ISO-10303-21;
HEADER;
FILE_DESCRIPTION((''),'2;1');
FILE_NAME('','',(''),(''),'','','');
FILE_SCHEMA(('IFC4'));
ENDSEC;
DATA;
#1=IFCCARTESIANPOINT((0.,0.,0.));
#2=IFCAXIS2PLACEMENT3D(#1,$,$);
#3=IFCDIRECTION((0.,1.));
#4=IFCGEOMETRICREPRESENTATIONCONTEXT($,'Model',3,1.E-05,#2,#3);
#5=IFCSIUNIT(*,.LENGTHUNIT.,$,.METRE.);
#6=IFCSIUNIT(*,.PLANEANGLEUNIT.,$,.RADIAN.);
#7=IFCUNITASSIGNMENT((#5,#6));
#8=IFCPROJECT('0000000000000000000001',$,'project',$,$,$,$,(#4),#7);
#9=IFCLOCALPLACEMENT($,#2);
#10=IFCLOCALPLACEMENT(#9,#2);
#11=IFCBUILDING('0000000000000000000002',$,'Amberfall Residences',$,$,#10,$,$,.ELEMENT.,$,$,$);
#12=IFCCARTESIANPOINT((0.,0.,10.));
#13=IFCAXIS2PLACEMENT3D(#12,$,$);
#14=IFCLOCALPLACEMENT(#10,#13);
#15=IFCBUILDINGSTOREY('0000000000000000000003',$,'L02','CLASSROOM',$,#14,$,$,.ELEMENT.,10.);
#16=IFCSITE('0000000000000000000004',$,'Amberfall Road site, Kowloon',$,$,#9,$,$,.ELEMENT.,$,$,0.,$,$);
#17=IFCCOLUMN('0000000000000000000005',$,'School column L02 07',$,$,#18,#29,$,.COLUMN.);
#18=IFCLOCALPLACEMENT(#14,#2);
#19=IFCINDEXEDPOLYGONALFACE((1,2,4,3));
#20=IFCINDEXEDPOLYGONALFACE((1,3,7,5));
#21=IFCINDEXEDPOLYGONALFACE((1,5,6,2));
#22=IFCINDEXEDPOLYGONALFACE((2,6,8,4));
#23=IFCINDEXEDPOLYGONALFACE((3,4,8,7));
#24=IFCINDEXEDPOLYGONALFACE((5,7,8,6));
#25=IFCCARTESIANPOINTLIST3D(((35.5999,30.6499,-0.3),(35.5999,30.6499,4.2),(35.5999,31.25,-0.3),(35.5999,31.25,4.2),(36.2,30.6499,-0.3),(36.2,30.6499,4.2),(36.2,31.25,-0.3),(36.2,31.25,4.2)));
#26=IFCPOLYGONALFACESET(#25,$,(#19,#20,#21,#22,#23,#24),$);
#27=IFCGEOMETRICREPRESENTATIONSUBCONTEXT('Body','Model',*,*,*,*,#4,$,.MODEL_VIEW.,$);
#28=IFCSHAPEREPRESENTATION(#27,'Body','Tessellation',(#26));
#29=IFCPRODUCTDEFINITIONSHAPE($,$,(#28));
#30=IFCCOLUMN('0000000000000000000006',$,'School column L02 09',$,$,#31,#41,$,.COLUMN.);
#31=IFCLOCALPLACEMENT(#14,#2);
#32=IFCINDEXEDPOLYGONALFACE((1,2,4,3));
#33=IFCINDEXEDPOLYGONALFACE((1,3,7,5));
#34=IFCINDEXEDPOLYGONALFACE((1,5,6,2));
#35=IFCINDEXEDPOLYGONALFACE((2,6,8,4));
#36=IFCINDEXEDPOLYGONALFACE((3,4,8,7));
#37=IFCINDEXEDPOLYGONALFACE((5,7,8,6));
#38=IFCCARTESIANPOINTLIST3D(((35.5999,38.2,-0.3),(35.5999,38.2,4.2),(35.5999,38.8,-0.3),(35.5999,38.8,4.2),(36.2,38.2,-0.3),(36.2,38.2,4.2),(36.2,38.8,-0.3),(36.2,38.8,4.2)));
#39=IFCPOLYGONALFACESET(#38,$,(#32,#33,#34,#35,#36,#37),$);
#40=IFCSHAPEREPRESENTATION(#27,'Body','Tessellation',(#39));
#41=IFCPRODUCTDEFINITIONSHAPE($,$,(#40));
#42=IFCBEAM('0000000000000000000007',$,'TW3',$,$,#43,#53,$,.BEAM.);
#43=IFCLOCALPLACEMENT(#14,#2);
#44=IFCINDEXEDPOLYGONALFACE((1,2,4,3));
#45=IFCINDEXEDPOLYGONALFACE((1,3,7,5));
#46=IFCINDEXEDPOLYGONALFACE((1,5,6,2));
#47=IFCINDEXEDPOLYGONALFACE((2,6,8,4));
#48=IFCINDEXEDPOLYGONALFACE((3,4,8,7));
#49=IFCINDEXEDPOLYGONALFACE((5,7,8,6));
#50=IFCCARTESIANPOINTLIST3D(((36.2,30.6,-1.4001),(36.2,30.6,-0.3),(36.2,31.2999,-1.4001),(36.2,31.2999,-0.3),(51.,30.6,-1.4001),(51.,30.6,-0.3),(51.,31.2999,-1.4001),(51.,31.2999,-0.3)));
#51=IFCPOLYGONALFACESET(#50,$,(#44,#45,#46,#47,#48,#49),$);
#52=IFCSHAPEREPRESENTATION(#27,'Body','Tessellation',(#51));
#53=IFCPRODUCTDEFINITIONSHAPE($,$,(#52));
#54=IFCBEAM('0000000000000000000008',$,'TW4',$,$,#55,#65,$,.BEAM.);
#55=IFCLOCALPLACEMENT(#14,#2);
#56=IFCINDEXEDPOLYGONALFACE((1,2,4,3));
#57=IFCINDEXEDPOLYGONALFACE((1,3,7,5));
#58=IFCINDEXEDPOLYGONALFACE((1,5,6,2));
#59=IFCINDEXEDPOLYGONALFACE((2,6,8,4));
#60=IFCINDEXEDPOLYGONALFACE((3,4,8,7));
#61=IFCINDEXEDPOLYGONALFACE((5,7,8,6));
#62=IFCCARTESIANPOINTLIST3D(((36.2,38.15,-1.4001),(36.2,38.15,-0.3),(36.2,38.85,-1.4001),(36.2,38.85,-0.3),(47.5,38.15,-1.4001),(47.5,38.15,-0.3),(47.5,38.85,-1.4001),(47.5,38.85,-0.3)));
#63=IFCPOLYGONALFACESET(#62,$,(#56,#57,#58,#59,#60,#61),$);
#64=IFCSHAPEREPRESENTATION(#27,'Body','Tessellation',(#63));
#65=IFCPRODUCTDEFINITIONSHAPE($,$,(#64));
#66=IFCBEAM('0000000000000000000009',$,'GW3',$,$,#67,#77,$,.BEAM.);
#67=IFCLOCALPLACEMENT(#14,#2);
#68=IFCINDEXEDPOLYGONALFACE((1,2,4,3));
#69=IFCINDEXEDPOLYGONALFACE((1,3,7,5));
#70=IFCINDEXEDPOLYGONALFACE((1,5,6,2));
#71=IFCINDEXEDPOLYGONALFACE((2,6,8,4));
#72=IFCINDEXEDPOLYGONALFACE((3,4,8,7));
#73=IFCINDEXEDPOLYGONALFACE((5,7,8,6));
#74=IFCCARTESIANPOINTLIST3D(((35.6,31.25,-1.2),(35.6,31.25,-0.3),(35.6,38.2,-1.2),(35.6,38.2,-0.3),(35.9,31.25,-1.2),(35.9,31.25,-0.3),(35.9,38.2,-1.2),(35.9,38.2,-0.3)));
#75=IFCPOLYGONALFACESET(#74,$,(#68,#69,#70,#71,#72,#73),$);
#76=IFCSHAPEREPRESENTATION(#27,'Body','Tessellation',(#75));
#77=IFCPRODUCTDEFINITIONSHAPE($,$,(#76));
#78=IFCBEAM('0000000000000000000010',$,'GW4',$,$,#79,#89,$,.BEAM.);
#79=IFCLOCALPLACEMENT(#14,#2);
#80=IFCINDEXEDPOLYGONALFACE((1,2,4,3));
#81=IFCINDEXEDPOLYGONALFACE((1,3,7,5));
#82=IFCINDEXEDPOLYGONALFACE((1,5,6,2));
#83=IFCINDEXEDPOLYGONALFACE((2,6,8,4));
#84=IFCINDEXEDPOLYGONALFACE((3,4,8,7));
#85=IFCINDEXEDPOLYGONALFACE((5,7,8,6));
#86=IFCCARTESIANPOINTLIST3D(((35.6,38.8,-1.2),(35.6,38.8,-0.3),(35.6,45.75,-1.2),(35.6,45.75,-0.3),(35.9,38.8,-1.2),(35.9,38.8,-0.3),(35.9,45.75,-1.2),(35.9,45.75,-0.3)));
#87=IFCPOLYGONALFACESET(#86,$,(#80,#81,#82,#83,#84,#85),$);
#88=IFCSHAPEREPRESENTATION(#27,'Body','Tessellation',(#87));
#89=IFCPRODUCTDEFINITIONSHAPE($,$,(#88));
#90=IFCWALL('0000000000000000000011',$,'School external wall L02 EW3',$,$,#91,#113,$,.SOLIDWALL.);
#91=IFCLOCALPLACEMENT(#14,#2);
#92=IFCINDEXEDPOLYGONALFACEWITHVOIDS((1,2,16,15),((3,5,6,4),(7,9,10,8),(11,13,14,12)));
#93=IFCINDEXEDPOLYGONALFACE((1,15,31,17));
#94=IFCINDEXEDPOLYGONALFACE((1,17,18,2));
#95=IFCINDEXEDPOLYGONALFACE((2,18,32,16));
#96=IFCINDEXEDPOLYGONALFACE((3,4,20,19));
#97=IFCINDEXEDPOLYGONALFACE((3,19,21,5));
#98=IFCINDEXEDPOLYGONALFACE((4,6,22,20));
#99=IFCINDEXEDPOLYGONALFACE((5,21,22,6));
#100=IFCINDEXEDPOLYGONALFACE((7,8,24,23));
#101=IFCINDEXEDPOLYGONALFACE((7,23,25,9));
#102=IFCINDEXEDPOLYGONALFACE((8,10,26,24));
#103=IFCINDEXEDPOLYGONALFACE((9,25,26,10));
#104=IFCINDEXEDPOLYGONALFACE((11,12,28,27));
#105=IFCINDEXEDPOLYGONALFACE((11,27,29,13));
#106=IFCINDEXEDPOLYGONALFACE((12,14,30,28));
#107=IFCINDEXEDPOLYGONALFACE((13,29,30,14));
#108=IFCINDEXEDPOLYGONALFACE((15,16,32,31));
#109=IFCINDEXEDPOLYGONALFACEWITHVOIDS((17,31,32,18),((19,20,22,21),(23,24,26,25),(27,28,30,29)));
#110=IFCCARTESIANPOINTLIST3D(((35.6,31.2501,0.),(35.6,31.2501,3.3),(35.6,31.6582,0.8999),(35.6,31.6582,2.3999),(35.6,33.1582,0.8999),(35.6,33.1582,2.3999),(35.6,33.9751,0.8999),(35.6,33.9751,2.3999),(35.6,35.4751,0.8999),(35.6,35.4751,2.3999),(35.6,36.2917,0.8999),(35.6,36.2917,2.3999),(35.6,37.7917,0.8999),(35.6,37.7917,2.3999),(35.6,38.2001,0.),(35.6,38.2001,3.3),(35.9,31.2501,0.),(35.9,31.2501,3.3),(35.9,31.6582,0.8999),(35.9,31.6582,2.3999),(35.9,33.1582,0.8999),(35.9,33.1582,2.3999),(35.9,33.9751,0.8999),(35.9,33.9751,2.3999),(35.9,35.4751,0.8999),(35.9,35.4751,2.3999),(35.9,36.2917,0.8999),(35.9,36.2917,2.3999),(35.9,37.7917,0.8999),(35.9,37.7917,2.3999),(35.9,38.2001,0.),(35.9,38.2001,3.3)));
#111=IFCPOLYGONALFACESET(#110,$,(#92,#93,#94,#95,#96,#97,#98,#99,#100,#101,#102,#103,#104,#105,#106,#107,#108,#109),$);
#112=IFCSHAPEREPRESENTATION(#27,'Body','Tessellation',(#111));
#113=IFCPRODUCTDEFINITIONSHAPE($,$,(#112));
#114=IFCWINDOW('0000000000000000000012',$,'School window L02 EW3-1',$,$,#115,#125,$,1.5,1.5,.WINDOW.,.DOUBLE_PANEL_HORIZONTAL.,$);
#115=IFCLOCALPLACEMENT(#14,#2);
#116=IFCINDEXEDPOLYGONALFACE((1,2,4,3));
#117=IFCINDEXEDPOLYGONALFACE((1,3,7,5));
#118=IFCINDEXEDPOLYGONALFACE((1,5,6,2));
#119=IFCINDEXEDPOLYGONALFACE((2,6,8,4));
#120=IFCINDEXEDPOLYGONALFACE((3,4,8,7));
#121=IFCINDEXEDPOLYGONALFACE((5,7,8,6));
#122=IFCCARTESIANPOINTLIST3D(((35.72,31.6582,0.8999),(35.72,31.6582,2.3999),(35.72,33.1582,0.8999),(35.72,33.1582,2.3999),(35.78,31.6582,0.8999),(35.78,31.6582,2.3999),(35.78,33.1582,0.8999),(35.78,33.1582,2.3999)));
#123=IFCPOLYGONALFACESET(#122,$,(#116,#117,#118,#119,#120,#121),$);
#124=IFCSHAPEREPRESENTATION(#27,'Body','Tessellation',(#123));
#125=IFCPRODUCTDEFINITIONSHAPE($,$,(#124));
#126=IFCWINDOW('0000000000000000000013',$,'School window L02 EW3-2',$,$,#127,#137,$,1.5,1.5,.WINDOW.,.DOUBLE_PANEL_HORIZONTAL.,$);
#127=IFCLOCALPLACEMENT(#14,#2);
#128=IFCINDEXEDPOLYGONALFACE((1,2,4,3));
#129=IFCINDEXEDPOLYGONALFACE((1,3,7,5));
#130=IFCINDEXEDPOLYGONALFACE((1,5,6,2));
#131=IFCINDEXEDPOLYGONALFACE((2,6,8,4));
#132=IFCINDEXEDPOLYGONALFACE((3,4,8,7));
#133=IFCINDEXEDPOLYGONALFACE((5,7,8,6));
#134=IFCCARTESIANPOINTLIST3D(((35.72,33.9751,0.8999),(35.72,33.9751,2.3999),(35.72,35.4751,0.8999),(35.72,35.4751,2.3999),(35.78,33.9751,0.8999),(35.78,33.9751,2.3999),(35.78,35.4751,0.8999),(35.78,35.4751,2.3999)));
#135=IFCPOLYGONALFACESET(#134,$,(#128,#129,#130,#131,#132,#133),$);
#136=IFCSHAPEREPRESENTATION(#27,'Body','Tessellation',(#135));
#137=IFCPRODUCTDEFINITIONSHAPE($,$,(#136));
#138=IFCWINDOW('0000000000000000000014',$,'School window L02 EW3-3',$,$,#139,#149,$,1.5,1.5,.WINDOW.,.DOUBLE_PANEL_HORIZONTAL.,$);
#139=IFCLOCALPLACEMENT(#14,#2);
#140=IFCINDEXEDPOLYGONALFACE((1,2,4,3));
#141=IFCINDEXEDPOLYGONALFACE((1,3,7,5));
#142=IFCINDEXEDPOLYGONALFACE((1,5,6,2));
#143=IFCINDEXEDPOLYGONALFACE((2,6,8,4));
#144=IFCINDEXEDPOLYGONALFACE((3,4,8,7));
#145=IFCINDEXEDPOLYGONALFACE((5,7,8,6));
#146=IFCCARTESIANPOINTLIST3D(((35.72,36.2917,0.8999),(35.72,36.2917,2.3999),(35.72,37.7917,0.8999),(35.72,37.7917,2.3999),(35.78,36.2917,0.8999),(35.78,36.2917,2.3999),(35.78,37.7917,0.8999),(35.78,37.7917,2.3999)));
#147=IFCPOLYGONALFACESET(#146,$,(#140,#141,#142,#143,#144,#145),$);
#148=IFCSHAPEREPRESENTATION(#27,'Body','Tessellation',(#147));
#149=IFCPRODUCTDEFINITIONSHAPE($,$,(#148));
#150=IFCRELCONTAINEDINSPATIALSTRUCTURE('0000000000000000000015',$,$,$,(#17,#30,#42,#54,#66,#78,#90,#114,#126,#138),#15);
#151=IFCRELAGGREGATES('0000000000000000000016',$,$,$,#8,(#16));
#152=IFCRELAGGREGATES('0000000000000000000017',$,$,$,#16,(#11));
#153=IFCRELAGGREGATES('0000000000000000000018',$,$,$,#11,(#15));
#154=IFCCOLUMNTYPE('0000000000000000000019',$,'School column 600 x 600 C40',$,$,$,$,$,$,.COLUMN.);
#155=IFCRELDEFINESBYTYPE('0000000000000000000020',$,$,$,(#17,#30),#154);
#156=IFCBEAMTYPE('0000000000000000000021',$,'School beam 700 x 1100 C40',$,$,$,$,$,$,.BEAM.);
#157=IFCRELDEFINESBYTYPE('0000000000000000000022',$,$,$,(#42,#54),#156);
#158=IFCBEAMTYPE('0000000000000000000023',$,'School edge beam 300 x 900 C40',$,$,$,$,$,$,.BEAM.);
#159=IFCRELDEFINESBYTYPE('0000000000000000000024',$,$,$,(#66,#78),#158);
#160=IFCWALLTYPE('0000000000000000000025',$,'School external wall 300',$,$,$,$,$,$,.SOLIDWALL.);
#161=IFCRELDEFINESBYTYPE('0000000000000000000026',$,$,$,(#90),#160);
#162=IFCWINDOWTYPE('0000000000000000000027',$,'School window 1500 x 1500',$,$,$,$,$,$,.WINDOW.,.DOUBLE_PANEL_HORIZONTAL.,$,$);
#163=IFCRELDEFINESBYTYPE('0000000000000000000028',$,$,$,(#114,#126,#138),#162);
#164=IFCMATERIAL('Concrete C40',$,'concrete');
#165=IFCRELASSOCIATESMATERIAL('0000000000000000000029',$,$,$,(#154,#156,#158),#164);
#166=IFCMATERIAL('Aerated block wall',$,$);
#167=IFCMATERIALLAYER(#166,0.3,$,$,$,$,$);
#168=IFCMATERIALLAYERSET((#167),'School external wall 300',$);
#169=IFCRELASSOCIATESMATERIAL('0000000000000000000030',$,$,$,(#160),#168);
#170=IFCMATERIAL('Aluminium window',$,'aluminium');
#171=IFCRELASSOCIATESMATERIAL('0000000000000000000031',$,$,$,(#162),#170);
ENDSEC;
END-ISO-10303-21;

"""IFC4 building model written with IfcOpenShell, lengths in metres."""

from ifc_helpers import new_model, si_unit, direction, frame, frame_2d, origin, origin_2d, place, context, subcontext, project, spatial, rectangle, extrude, material, layer, layer_set, material_profile, profile_set, type_object, element, fill, save


model = new_model("IFC4")

# Units and contexts
model_context = context("Model", 3, precision=1e-05, world=origin(), true_north=direction((0.0, 1.0)))
body_context = subcontext(model_context, "Body", "Model", "MODEL_VIEW")
ifc_project = project(units=[si_unit("LENGTHUNIT", "METRE"), si_unit("PLANEANGLEUNIT", "RADIAN")], contexts=[model_context])

# Site, building, storey
site_placement = place(None, origin())
site = spatial("IfcSite", under=ifc_project, at=site_placement, Name="Amberfall Road site, Kowloon", CompositionType="ELEMENT", RefElevation=0.0)
building_placement = place(site_placement, origin())
building = spatial("IfcBuilding", under=site, at=building_placement, Name="Amberfall Residences", CompositionType="ELEMENT")
storey_placement = place(building_placement, frame((0.0, 0.0, 10.0)))
storey = spatial("IfcBuildingStorey", under=building, at=storey_placement, Name="L02", Description="CLASSROOM", CompositionType="ELEMENT", Elevation=10.0)

# Columns
ifc_material_1 = material(Name="Concrete C40", Category="concrete")
ifc_material_profile_1 = material_profile(ifc_material_1, rectangle(XDim=0.6001, YDim=0.6001, at=origin_2d()), Name="School column 600 x 600 C40")
ifc_profile_set_1 = profile_set([ifc_material_profile_1], Name="Concrete C40")
column_type = type_object("IfcColumnType", Name="School column 600 x 600 C40", PredefinedType="COLUMN", material=ifc_profile_set_1)
for number, where, z_axis, x_axis, name in (
    (1, (35.8999, 30.95, -0.3), (0.0, 0.0, 1.0), (1.0, 0.0, 0.0), "School column L02 07"),
    (2, (35.8999, 38.5, -0.3), (0.0, 0.0, 1.0), (1.0, 0.0, 0.0), "School column L02 09"),
):
    element("IfcColumn", number, at=place(storey_placement, frame(where, z_axis=z_axis, x_axis=x_axis)), inside=storey, type_object=column_type, Name=name, PredefinedType="COLUMN", context=body_context, shape_type="SweptSolid", body=[
        extrude(rectangle(XDim=0.6001, YDim=0.6001, at=origin_2d()), origin(), (0.0, 0.0, 1.0), 4.5),
    ])

# Beams
ifc_material_profile_2 = material_profile(ifc_material_1, rectangle(XDim=0.7, YDim=1.1001, at=origin_2d()), Name="School beam 700 x 1100 C40")
ifc_profile_set_2 = profile_set([ifc_material_profile_2], Name="Concrete C40")
beam_type_1 = type_object("IfcBeamType", Name="School beam 700 x 1100 C40", PredefinedType="BEAM", material=ifc_profile_set_2)
beam_1_placement = place(storey_placement, frame((36.2, 30.95, -0.8501), z_axis=(1.0, 0.0, 0.0), x_axis=(0.0, 1.0, 0.0)))
element("IfcBeam", 3, at=beam_1_placement, inside=storey, type_object=beam_type_1, Name="TW3", PredefinedType="BEAM", context=body_context, shape_type="SweptSolid", body=[
    extrude(rectangle(XDim=0.7, YDim=1.1001, at=origin_2d()), origin(), (0.0, 0.0, 1.0), 14.8),
])
beam_2_placement = place(storey_placement, frame((36.2, 38.5, -0.8501), z_axis=(1.0, 0.0, 0.0), x_axis=(0.0, 1.0, 0.0)))
element("IfcBeam", 4, at=beam_2_placement, inside=storey, type_object=beam_type_1, Name="TW4", PredefinedType="BEAM", context=body_context, shape_type="SweptSolid", body=[
    extrude(rectangle(XDim=0.7, YDim=1.1001, at=origin_2d()), origin(), (0.0, 0.0, 1.0), 11.3),
])
ifc_material_profile_3 = material_profile(ifc_material_1, rectangle(XDim=0.3, YDim=0.8999, at=origin_2d()), Name="School edge beam 300 x 900 C40")
ifc_profile_set_3 = profile_set([ifc_material_profile_3], Name="Concrete C40")
beam_type_2 = type_object("IfcBeamType", Name="School edge beam 300 x 900 C40", PredefinedType="BEAM", material=ifc_profile_set_3)
for number, where, z_axis, x_axis, name in (
    (5, (35.75, 31.25, -0.75), (0.0, 1.0, 0.0), (-1.0, 0.0, 0.0), "GW3"),
    (6, (35.75, 38.8, -0.75), (0.0, 1.0, 0.0), (-1.0, 0.0, 0.0), "GW4"),
):
    element("IfcBeam", number, at=place(storey_placement, frame(where, z_axis=z_axis, x_axis=x_axis)), inside=storey, type_object=beam_type_2, Name=name, PredefinedType="BEAM", context=body_context, shape_type="SweptSolid", body=[
        extrude(rectangle(XDim=0.3, YDim=0.8999, at=origin_2d()), origin(), (0.0, 0.0, 1.0), 6.95),
    ])

# Wall, openings, windows
ifc_material_2 = material(Name="Aerated block wall")
ifc_layer_1 = layer(ifc_material_2, 0.3)
ifc_layer_set_1 = layer_set([ifc_layer_1], Name="School external wall 300")
wall_type_1 = type_object("IfcWallType", Name="School external wall 300", PredefinedType="SOLIDWALL", material=ifc_layer_set_1)
wall_1_placement = place(storey_placement, frame((35.75, 31.25, 0.0), z_axis=(0.0, 0.0, 1.0), x_axis=(0.0, 1.0, 0.0)))
wall_1 = element("IfcWall", 7, at=wall_1_placement, inside=storey, type_object=wall_type_1, Name="School external wall L02 EW3", PredefinedType="SOLIDWALL", context=body_context, shape_type="SweptSolid", body=[
    extrude(rectangle(XDim=6.95, YDim=0.3, at=frame_2d((3.4751, 0.0))), origin(), (0.0, 0.0, 1.0), 3.3),
])
opening_1_placement = place(wall_1_placement, frame((0.4082, 0.0, 0.8999)))
opening_1 = element("IfcOpeningElement", 8, at=opening_1_placement, cuts=wall_1, PredefinedType="OPENING", context=body_context, shape_type="SweptSolid", body=[
    extrude(rectangle(XDim=1.5, YDim=1.5, at=frame_2d((0.75, 0.75))), frame((0.0, 0.1599, 0.0), z_axis=(0.0, -1.0, 0.0), x_axis=(1.0, 0.0, 0.0)), (0.0, 0.0, 1.0), 0.3201),
])
opening_2_placement = place(wall_1_placement, frame((2.7251, 0.0, 0.8999)))
opening_2 = element("IfcOpeningElement", 9, at=opening_2_placement, cuts=wall_1, PredefinedType="OPENING", context=body_context, shape_type="SweptSolid", body=[
    extrude(rectangle(XDim=1.5, YDim=1.5, at=frame_2d((0.75, 0.75))), frame((0.0, 0.1599, 0.0), z_axis=(0.0, -1.0, 0.0), x_axis=(1.0, 0.0, 0.0)), (0.0, 0.0, 1.0), 0.3201),
])
opening_3_placement = place(wall_1_placement, frame((5.0417, 0.0, 0.8999)))
opening_3 = element("IfcOpeningElement", 10, at=opening_3_placement, cuts=wall_1, PredefinedType="OPENING", context=body_context, shape_type="SweptSolid", body=[
    extrude(rectangle(XDim=1.5, YDim=1.5, at=frame_2d((0.75, 0.75))), frame((0.0, 0.1599, 0.0), z_axis=(0.0, -1.0, 0.0), x_axis=(1.0, 0.0, 0.0)), (0.0, 0.0, 1.0), 0.3201),
])
ifc_material_3 = material(Name="Aluminium window", Category="aluminium")
window_type = type_object("IfcWindowType", Name="School window 1500 x 1500", PartitioningType="DOUBLE_PANEL_HORIZONTAL", PredefinedType="WINDOW", material=ifc_material_3)
window_1_placement = place(opening_1_placement, origin())
window_1 = element("IfcWindow", 11, at=window_1_placement, inside=storey, type_object=window_type, Name="School window L02 EW3-1", OverallHeight=1.5, OverallWidth=1.5, PartitioningType="DOUBLE_PANEL_HORIZONTAL", PredefinedType="WINDOW", context=body_context, shape_type="SweptSolid", body=[
    extrude(rectangle(XDim=1.5, YDim=1.5, at=frame_2d((0.75, 0.75))), frame((0.0, 0.03, 0.0), z_axis=(0.0, -1.0, 0.0), x_axis=(1.0, 0.0, 0.0)), (0.0, 0.0, 1.0), 0.0601),
])
fill(opening_1, window_1)
window_2_placement = place(opening_2_placement, origin())
window_2 = element("IfcWindow", 12, at=window_2_placement, inside=storey, type_object=window_type, Name="School window L02 EW3-2", OverallHeight=1.5, OverallWidth=1.5, PartitioningType="DOUBLE_PANEL_HORIZONTAL", PredefinedType="WINDOW", context=body_context, shape_type="SweptSolid", body=[
    extrude(rectangle(XDim=1.5, YDim=1.5, at=frame_2d((0.75, 0.75))), frame((0.0, 0.03, 0.0), z_axis=(0.0, -1.0, 0.0), x_axis=(1.0, 0.0, 0.0)), (0.0, 0.0, 1.0), 0.0601),
])
fill(opening_2, window_2)
window_3_placement = place(opening_3_placement, origin())
window_3 = element("IfcWindow", 13, at=window_3_placement, inside=storey, type_object=window_type, Name="School window L02 EW3-3", OverallHeight=1.5, OverallWidth=1.5, PartitioningType="DOUBLE_PANEL_HORIZONTAL", PredefinedType="WINDOW", context=body_context, shape_type="SweptSolid", body=[
    extrude(rectangle(XDim=1.5, YDim=1.5, at=frame_2d((0.75, 0.75))), frame((0.0, 0.03, 0.0), z_axis=(0.0, -1.0, 0.0), x_axis=(1.0, 0.0, 0.0)), (0.0, 0.0, 1.0), 0.0601),
])
fill(opening_3, window_3)

save(model, "model.ifc")
